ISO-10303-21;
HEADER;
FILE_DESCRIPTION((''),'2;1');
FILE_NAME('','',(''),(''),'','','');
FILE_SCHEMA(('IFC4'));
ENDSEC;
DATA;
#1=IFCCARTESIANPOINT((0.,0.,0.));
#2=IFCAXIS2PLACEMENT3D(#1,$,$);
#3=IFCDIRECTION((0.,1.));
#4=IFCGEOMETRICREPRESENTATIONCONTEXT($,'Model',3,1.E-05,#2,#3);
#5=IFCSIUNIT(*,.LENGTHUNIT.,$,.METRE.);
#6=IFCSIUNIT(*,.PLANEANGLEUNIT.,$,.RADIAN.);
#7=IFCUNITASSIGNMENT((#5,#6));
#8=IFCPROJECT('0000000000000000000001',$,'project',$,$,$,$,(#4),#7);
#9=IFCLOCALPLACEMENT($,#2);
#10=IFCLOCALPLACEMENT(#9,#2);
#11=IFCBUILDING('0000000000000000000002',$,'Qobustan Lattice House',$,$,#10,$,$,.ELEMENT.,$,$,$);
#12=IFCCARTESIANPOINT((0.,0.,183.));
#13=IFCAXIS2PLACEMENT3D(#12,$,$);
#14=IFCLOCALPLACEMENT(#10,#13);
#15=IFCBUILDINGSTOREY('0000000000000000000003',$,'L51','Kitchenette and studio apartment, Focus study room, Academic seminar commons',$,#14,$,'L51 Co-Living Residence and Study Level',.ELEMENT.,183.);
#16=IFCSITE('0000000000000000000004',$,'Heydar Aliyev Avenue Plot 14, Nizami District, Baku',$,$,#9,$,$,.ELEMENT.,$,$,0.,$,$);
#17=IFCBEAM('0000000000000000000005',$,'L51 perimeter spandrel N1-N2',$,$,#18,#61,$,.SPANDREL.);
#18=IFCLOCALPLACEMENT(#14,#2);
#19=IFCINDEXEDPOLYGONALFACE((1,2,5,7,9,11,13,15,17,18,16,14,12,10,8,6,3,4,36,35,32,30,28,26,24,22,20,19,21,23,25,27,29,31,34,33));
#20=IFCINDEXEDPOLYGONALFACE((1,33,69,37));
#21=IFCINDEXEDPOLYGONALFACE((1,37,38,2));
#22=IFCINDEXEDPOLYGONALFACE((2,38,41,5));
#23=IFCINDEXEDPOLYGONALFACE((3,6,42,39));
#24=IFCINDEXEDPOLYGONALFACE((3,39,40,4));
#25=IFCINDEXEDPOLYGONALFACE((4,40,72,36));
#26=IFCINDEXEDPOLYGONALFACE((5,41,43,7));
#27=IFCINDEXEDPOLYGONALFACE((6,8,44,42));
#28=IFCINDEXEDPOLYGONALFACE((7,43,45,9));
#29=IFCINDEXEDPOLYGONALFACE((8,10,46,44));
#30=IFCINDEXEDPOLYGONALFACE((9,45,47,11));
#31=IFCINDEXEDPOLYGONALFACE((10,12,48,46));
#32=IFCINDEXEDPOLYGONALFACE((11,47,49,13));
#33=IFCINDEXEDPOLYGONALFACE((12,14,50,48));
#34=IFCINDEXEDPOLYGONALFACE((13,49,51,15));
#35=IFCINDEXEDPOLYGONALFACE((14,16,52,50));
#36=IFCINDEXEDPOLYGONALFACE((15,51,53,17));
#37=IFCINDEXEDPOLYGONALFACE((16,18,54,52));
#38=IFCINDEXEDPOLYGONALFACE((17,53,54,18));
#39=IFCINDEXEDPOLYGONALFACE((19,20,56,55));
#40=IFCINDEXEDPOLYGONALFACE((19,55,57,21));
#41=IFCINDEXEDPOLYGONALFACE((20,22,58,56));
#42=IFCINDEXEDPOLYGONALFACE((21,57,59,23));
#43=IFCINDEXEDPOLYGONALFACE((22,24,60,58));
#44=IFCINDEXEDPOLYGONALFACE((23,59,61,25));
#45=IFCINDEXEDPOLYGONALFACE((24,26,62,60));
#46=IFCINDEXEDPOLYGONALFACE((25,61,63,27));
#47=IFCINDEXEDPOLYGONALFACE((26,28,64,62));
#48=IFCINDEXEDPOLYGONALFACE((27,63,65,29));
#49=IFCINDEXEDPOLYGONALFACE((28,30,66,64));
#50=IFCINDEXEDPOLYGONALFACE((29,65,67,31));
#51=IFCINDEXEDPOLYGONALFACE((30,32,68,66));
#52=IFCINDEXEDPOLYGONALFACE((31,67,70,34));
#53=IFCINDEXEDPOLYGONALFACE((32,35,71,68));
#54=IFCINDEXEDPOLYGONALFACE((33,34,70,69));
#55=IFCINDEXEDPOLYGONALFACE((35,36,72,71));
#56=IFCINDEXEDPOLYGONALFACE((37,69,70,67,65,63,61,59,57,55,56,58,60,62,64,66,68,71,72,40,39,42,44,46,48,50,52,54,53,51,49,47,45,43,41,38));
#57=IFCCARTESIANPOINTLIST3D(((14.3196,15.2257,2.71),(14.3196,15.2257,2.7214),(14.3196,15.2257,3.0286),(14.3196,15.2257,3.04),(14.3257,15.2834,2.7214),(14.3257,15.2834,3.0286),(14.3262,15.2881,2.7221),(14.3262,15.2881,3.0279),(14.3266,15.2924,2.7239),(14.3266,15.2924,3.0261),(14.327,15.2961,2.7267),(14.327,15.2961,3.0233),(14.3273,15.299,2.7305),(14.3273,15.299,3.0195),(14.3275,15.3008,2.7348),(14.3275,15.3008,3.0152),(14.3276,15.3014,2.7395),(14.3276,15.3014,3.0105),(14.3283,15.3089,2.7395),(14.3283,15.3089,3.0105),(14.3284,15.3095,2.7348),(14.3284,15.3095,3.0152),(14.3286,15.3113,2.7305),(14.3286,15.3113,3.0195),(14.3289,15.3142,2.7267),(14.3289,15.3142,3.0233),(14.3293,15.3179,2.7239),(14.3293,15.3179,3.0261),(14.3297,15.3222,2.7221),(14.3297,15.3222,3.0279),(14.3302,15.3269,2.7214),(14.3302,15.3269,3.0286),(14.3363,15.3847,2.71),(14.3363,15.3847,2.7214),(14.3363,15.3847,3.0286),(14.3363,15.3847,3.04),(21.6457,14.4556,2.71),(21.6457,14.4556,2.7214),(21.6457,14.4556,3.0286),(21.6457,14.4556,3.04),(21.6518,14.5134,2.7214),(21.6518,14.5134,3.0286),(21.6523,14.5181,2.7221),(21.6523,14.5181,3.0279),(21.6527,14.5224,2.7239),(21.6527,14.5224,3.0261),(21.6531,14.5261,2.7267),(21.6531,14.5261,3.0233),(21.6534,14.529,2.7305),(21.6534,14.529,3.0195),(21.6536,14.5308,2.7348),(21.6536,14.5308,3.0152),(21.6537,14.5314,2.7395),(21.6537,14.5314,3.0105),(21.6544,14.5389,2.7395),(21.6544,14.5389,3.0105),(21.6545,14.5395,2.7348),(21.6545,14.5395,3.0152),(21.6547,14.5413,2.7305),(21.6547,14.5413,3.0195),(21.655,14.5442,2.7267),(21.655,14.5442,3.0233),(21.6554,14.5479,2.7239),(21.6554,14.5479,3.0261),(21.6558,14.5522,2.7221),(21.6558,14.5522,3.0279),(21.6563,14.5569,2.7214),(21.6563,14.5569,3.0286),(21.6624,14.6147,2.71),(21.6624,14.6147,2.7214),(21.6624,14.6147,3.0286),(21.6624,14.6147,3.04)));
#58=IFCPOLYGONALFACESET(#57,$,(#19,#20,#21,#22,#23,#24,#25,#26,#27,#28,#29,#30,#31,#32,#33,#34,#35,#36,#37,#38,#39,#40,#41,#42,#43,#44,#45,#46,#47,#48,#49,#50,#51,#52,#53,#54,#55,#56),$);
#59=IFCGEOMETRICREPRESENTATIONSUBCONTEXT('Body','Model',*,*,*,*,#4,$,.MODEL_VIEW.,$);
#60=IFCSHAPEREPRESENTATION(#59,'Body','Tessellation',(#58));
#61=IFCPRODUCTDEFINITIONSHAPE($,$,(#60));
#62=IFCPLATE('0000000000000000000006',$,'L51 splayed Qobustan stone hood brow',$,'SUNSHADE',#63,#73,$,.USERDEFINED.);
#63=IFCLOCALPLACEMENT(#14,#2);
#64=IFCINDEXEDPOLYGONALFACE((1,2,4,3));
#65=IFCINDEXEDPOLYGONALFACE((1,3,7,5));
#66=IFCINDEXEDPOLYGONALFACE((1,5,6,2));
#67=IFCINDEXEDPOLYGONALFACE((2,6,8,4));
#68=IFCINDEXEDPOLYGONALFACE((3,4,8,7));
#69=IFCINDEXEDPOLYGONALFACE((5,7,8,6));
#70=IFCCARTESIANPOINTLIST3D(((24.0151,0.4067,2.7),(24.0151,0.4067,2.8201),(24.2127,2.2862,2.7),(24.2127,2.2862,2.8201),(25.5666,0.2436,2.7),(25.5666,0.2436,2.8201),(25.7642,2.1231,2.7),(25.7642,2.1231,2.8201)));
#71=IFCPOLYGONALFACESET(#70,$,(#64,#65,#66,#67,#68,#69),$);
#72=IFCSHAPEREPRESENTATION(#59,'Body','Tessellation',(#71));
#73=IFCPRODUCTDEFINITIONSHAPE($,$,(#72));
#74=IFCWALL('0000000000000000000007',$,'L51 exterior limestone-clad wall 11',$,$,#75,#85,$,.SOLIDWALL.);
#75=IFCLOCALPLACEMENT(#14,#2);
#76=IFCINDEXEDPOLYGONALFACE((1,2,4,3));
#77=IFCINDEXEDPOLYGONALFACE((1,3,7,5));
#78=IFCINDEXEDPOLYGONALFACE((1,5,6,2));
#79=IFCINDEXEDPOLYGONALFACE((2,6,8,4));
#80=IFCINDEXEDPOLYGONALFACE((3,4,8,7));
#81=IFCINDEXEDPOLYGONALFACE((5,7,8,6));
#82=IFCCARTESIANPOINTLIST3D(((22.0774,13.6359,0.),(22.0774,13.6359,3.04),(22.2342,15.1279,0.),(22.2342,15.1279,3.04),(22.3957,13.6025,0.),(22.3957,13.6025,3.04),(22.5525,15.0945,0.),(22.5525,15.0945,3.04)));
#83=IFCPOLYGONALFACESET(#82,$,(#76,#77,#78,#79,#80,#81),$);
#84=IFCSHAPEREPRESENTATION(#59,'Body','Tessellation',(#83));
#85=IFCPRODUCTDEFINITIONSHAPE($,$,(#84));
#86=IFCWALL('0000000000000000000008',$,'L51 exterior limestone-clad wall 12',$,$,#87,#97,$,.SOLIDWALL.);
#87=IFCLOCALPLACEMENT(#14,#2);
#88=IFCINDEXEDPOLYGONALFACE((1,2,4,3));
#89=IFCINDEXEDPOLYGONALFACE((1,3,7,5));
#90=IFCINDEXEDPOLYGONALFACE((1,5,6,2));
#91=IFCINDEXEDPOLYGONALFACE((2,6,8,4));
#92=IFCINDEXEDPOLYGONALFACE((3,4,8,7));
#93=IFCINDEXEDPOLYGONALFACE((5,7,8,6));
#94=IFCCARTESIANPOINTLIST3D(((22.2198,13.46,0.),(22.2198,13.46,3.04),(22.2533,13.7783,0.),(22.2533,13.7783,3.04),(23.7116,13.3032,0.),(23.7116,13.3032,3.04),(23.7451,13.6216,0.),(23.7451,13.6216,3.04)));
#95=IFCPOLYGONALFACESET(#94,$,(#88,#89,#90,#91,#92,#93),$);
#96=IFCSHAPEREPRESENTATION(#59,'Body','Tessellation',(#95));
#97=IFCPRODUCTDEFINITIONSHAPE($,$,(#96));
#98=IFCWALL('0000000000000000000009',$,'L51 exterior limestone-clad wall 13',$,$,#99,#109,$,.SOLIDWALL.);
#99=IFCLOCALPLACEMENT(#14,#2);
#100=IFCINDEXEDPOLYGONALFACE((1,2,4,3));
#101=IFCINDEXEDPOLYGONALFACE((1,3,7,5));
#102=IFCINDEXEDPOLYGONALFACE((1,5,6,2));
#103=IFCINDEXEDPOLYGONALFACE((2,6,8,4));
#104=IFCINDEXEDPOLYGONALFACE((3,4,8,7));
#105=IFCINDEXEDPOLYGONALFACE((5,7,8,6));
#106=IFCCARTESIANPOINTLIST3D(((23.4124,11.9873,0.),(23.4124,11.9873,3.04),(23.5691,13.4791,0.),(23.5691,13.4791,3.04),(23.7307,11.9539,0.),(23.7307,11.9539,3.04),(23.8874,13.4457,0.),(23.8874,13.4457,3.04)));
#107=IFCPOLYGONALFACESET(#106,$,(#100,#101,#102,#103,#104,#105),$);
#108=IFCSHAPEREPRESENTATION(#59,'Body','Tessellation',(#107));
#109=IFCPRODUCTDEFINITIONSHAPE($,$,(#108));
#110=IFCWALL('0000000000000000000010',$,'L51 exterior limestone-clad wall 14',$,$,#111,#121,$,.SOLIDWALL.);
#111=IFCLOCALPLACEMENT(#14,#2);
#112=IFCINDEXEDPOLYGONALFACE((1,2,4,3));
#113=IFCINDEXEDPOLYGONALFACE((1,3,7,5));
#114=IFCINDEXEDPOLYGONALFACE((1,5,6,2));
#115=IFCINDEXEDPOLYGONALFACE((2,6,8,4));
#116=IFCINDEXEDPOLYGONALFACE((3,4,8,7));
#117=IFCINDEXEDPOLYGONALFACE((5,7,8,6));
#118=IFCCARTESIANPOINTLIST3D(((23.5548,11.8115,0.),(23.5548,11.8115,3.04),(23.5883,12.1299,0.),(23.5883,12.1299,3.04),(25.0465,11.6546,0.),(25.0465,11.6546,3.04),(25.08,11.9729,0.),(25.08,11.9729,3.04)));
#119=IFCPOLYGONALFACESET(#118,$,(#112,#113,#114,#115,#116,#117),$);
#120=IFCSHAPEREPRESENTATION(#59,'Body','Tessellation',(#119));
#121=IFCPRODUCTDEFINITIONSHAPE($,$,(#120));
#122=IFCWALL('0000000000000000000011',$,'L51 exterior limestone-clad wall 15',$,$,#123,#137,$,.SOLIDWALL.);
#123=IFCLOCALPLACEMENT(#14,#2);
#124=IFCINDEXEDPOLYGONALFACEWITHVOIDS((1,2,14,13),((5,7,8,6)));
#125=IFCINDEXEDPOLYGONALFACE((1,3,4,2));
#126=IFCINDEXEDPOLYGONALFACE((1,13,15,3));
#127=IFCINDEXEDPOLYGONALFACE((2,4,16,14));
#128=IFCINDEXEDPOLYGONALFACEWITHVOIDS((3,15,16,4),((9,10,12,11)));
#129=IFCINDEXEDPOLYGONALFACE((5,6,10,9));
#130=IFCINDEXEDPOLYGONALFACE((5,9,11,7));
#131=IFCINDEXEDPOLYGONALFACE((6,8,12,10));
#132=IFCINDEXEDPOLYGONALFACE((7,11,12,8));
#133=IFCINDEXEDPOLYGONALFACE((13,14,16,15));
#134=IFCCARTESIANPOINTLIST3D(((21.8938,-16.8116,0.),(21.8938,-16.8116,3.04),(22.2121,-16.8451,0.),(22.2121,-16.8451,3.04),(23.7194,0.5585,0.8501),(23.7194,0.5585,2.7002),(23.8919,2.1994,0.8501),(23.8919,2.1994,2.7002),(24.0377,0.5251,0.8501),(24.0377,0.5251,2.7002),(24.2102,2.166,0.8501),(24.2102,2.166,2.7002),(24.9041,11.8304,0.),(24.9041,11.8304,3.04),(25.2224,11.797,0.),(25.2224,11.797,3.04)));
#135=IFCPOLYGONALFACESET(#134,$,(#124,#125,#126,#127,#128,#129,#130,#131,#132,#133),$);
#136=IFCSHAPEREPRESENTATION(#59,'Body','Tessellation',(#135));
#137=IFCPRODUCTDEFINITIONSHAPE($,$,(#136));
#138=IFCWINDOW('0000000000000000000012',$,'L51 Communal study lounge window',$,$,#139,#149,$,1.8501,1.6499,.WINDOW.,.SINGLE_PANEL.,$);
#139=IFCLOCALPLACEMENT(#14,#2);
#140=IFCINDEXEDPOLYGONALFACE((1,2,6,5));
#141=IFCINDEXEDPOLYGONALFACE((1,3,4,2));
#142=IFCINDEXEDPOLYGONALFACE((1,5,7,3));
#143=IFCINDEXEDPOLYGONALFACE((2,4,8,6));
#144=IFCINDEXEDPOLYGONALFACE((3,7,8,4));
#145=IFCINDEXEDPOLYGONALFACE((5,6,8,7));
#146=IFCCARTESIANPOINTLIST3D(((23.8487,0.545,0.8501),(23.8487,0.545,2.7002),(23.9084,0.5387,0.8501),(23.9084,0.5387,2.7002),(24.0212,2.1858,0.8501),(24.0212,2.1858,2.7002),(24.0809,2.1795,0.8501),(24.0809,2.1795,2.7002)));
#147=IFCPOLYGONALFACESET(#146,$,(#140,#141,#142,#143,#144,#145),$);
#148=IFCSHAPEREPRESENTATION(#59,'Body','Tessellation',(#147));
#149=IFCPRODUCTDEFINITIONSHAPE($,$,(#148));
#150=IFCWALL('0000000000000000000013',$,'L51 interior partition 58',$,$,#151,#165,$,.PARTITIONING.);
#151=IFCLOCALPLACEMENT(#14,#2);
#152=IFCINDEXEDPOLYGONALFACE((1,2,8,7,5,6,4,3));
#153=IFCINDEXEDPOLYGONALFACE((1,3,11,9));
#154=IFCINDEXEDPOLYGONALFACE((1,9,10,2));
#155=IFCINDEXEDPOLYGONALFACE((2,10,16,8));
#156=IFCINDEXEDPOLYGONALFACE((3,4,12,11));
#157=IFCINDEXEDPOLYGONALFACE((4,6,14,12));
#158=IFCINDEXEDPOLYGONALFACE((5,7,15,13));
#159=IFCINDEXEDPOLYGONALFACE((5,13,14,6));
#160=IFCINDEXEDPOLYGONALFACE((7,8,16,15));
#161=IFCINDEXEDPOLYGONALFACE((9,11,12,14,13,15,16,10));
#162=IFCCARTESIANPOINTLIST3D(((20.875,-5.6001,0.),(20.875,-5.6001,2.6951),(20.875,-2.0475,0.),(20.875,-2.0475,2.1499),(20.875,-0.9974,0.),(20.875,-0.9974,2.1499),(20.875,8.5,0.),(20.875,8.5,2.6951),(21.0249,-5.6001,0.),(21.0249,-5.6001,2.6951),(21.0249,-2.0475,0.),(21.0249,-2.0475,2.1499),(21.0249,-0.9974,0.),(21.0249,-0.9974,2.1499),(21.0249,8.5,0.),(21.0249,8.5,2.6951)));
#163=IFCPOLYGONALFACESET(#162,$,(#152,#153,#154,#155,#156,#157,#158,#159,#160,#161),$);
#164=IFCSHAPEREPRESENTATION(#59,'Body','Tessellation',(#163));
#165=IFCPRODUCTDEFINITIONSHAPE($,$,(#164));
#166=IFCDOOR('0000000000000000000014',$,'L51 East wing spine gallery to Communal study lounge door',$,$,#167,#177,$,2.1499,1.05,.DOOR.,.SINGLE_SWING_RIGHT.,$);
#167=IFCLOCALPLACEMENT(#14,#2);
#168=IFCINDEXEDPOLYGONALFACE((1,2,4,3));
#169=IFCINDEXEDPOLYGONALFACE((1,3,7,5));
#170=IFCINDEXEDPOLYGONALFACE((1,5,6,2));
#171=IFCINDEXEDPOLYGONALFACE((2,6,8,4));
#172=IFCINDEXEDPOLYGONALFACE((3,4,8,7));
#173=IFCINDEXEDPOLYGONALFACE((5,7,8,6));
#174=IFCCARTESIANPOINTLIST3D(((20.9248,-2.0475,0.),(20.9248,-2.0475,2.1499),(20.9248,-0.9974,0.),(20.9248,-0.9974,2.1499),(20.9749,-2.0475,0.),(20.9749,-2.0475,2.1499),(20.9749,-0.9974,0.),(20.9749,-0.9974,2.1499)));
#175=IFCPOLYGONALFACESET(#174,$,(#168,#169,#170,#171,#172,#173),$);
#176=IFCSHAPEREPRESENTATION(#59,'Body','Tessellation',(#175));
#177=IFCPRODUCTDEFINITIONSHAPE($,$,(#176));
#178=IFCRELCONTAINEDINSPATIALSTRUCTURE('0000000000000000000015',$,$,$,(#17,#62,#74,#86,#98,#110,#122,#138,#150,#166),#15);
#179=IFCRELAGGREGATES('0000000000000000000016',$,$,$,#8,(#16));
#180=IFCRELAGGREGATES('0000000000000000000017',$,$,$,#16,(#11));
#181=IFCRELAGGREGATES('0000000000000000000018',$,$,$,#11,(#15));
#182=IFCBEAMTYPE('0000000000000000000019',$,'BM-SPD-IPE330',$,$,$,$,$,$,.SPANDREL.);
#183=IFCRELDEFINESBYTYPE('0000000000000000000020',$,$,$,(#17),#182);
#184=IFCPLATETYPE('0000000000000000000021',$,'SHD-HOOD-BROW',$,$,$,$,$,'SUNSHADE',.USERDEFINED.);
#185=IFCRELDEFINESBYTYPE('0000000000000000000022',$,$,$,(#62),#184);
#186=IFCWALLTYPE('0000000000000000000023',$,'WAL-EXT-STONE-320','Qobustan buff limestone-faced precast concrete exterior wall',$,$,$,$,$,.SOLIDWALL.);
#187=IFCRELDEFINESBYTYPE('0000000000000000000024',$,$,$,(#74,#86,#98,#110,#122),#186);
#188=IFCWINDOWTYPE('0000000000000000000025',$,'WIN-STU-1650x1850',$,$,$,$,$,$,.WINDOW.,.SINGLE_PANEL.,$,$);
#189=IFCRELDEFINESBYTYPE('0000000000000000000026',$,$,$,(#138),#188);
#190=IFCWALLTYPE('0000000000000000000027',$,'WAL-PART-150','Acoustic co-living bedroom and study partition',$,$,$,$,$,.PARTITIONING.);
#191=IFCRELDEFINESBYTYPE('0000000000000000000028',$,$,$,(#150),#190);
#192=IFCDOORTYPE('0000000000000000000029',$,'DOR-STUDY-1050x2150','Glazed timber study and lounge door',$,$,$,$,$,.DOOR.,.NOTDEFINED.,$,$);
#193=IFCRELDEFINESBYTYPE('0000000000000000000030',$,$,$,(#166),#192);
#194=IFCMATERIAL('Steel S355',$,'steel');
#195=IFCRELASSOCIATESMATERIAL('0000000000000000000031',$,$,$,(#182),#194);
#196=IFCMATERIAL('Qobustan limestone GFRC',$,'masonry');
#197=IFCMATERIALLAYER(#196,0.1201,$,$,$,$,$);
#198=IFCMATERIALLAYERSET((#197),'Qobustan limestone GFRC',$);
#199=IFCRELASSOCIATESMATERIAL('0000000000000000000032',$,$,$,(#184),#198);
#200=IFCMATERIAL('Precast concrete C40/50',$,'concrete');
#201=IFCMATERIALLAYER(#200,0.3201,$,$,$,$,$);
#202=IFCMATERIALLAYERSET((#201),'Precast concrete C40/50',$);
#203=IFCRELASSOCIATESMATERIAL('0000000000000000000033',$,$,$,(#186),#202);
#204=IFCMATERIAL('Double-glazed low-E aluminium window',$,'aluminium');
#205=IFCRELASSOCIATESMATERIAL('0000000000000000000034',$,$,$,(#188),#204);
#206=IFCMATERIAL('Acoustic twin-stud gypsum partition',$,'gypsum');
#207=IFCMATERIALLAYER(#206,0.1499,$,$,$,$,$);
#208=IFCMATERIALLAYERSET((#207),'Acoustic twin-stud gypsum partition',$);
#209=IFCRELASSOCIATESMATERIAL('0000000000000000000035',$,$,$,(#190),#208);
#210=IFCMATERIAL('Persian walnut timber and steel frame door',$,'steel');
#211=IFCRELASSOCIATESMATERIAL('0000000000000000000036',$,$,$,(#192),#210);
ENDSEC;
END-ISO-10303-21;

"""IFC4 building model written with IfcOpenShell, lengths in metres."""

from ifc_helpers import new_model, si_unit, direction, frame, frame_2d, origin, origin_2d, place, context, subcontext, project, spatial, rectangle, i_section, extrude, material, layer, layer_set, material_profile, profile_set, type_object, element, fill, save


model = new_model("IFC4")

# Units and contexts
model_context = context("Model", 3, precision=1e-05, world=origin(), true_north=direction((0.0, 1.0)))
body_context = subcontext(model_context, "Body", "Model", "MODEL_VIEW")
ifc_project = project(units=[si_unit("LENGTHUNIT", "METRE"), si_unit("PLANEANGLEUNIT", "RADIAN")], contexts=[model_context])

# Site, building, storey
site_placement = place(None, origin())
site = spatial("IfcSite", under=ifc_project, at=site_placement, Name="Heydar Aliyev Avenue Plot 14, Nizami District, Baku", CompositionType="ELEMENT", RefElevation=0.0)
building_placement = place(site_placement, origin())
building = spatial("IfcBuilding", under=site, at=building_placement, Name="Qobustan Lattice House", CompositionType="ELEMENT")
storey_placement = place(building_placement, frame((0.0, 0.0, 183.0)))
storey = spatial("IfcBuildingStorey", under=building, at=storey_placement, Name="L51", Description="Kitchenette and studio apartment, Focus study room, Academic seminar commons", LongName="L51 Co-Living Residence and Study Level", CompositionType="ELEMENT", Elevation=183.0)

# Beam
ifc_material_1 = material(Name="Steel S355", Category="steel")
ifc_material_profile_1 = material_profile(ifc_material_1, i_section(OverallWidth=0.1599, OverallDepth=0.3301, WebThickness=0.0076, FlangeThickness=0.0115, FilletRadius=0.0181, at=origin_2d()), Name="IPE330")
ifc_profile_set_1 = profile_set([ifc_material_profile_1], Name="Steel S355")
beam_type_1 = type_object("IfcBeamType", Name="BM-SPD-IPE330", PredefinedType="SPANDREL", material=ifc_profile_set_1)
beam_1_placement = place(storey_placement, frame((21.6541, 14.5352, 2.875), z_axis=(-0.994522, 0.10453, 0.0), x_axis=(-0.10453, -0.994522, 0.0)))
element("IfcBeam", 1, at=beam_1_placement, inside=storey, type_object=beam_type_1, Name="L51 perimeter spandrel N1-N2", PredefinedType="SPANDREL", context=body_context, shape_type="SweptSolid", body=[
    extrude(i_section(OverallWidth=0.1599, OverallDepth=0.3301, WebThickness=0.0076, FlangeThickness=0.0115, FilletRadius=0.0181, at=origin_2d()), origin(), (0.0, 0.0, 1.0), 7.3665),
])

# Plate
ifc_material_2 = material(Name="Qobustan limestone GFRC", Category="masonry")
ifc_layer_1 = layer(ifc_material_2, 0.1201)
ifc_layer_set_1 = layer_set([ifc_layer_1], Name="Qobustan limestone GFRC")
plate_type = type_object("IfcPlateType", Name="SHD-HOOD-BROW", ElementType="SUNSHADE", PredefinedType="USERDEFINED", material=ifc_layer_set_1)
plate_placement = place(storey_placement, frame((24.8896, 1.2649, 2.7), z_axis=(0.0, 0.0, 1.0), x_axis=(-0.104528, -0.994522, 0.0)))
element("IfcPlate", 2, at=plate_placement, inside=storey, type_object=plate_type, Name="L51 splayed Qobustan stone hood brow", ObjectType="SUNSHADE", PredefinedType="USERDEFINED", context=body_context, shape_type="SweptSolid", body=[
    extrude(rectangle(XDim=1.8899, YDim=1.5601, at=origin_2d()), origin(), (0.0, 0.0, 1.0), 0.1201),
])

# Walls
ifc_material_3 = material(Name="Precast concrete C40/50", Category="concrete")
ifc_layer_2 = layer(ifc_material_3, 0.3201)
ifc_layer_set_2 = layer_set([ifc_layer_2], Name="Precast concrete C40/50")
wall_type_1 = type_object("IfcWallType", Name="WAL-EXT-STONE-320", Description="Qobustan buff limestone-faced precast concrete exterior wall", PredefinedType="SOLIDWALL", material=ifc_layer_set_2)
wall_1_placement = place(storey_placement, frame((22.3933, 15.1111, 0.0), z_axis=(0.0, 0.0, 1.0), x_axis=(-0.104481, -0.994527, 0.0)))
element("IfcWall", 3, at=wall_1_placement, inside=storey, type_object=wall_type_1, Name="L51 exterior limestone-clad wall 11", PredefinedType="SOLIDWALL", context=body_context, shape_type="SweptSolid", body=[
    extrude(rectangle(XDim=1.5002, YDim=0.3201, at=frame_2d((0.75, 0.0))), origin(), (0.0, 0.0, 1.0), 3.04),
])
for number, where, z_axis, x_axis, name in (
    (4, (22.2366, 13.6191, 0.0), (0.0, 0.0, 1.0), (0.994525, -0.104498, 0.0), "L51 exterior limestone-clad wall 12"),
    (5, (23.7283, 13.4624, 0.0), (0.0, 0.0, 1.0), (-0.104498, -0.994525, 0.0), "L51 exterior limestone-clad wall 13"),
    (6, (23.5715, 11.9707, 0.0), (0.0, 0.0, 1.0), (0.994508, -0.104659, 0.0), "L51 exterior limestone-clad wall 14"),
):
    element("IfcWall", number, at=place(storey_placement, frame(where, z_axis=z_axis, x_axis=x_axis)), inside=storey, type_object=wall_type_1, Name=name, PredefinedType="SOLIDWALL", context=body_context, shape_type="SweptSolid", body=[
        extrude(rectangle(XDim=1.5, YDim=0.3201, at=frame_2d((0.75, 0.0))), origin(), (0.0, 0.0, 1.0), 3.04),
    ])

# Wall, opening, window
wall_2_placement = place(storey_placement, frame((25.0632, 11.8137, 0.0), z_axis=(0.0, 0.0, 1.0), x_axis=(-0.104523, -0.994522, 0.0)))
wall_2 = element("IfcWall", 7, at=wall_2_placement, inside=storey, type_object=wall_type_1, Name="L51 exterior limestone-clad wall 15", PredefinedType="SOLIDWALL", context=body_context, shape_type="SweptSolid", body=[
    extrude(rectangle(XDim=28.7998, YDim=0.3201, at=frame_2d((14.3999, 0.0))), origin(), (0.0, 0.0, 1.0), 3.04),
])
opening_1_placement = place(wall_2_placement, frame((9.6841, 0.0, 0.8501)))
opening_1 = element("IfcOpeningElement", 8, at=opening_1_placement, cuts=wall_2, PredefinedType="OPENING", context=body_context, shape_type="SweptSolid", body=[
    extrude(rectangle(XDim=1.6499, YDim=1.8501, at=frame_2d((0.825, 0.925))), frame((0.0, 0.1699, 0.0), z_axis=(0.0, -1.0, 0.0), x_axis=(1.0, 0.0, 0.0)), (0.0, 0.0, 1.0), 0.3401),
])
ifc_material_4 = material(Name="Double-glazed low-E aluminium window", Category="aluminium")
window_type = type_object("IfcWindowType", Name="WIN-STU-1650x1850", PartitioningType="SINGLE_PANEL", PredefinedType="WINDOW", material=ifc_material_4)
window_placement = place(opening_1_placement, origin())
window = element("IfcWindow", 9, at=window_placement, inside=storey, type_object=window_type, Name="L51 Communal study lounge window", OverallHeight=1.8501, OverallWidth=1.6499, PartitioningType="SINGLE_PANEL", PredefinedType="WINDOW", context=body_context, shape_type="SweptSolid", body=[
    extrude(rectangle(XDim=1.6499, YDim=1.8501, at=frame_2d((0.825, 0.925))), frame((0.0, 0.03, 0.0), z_axis=(0.0, -1.0, 0.0), x_axis=(1.0, 0.0, 0.0)), (0.0, 0.0, 1.0), 0.0601),
])
fill(opening_1, window)

# Wall, opening, door
ifc_material_5 = material(Name="Acoustic twin-stud gypsum partition", Category="gypsum")
ifc_layer_3 = layer(ifc_material_5, 0.1499)
ifc_layer_set_3 = layer_set([ifc_layer_3], Name="Acoustic twin-stud gypsum partition")
wall_type_2 = type_object("IfcWallType", Name="WAL-PART-150", Description="Acoustic co-living bedroom and study partition", PredefinedType="PARTITIONING", material=ifc_layer_set_3)
ifc_material_6 = material(Name="Persian walnut timber and steel frame door", Category="steel")
door_type_1 = type_object("IfcDoorType", Name="DOR-STUDY-1050x2150", Description="Glazed timber study and lounge door", OperationType="NOTDEFINED", PredefinedType="DOOR", material=ifc_material_6)
wall_3_placement = place(storey_placement, frame((20.95, 8.5, 0.0), z_axis=(0.0, 0.0, 1.0), x_axis=(0.0, -1.0, 0.0)))
wall_3 = element("IfcWall", 10, at=wall_3_placement, inside=storey, type_object=wall_type_2, Name="L51 interior partition 58", PredefinedType="PARTITIONING", context=body_context, shape_type="SweptSolid", body=[
    extrude(rectangle(XDim=14.1001, YDim=0.1499, at=frame_2d((7.05, 0.0))), origin(), (0.0, 0.0, 1.0), 2.6951),
])
opening_2_placement = place(wall_3_placement, frame((9.4976, 0.0, 0.0)))
opening_2 = element("IfcOpeningElement", 11, at=opening_2_placement, cuts=wall_3, PredefinedType="OPENING", context=body_context, shape_type="SweptSolid", body=[
    extrude(rectangle(XDim=1.05, YDim=2.1499, at=frame_2d((0.5249, 1.075))), frame((0.0, 0.085, 0.0), z_axis=(0.0, -1.0, 0.0), x_axis=(1.0, 0.0, 0.0)), (0.0, 0.0, 1.0), 0.1699),
])
door_1_placement = place(opening_2_placement, origin())
door_1 = element("IfcDoor", 12, at=door_1_placement, inside=storey, type_object=door_type_1, Name="L51 East wing spine gallery to Communal study lounge door", OperationType="SINGLE_SWING_RIGHT", OverallHeight=2.1499, OverallWidth=1.05, PredefinedType="DOOR", context=body_context, shape_type="SweptSolid", body=[
    extrude(rectangle(XDim=1.05, YDim=2.1499, at=frame_2d((0.5249, 1.075))), frame((0.0, 0.0249, 0.0), z_axis=(0.0, -1.0, 0.0), x_axis=(1.0, 0.0, 0.0)), (0.0, 0.0, 1.0), 0.05),
])
fill(opening_2, door_1)

save(model, "model.ifc")
